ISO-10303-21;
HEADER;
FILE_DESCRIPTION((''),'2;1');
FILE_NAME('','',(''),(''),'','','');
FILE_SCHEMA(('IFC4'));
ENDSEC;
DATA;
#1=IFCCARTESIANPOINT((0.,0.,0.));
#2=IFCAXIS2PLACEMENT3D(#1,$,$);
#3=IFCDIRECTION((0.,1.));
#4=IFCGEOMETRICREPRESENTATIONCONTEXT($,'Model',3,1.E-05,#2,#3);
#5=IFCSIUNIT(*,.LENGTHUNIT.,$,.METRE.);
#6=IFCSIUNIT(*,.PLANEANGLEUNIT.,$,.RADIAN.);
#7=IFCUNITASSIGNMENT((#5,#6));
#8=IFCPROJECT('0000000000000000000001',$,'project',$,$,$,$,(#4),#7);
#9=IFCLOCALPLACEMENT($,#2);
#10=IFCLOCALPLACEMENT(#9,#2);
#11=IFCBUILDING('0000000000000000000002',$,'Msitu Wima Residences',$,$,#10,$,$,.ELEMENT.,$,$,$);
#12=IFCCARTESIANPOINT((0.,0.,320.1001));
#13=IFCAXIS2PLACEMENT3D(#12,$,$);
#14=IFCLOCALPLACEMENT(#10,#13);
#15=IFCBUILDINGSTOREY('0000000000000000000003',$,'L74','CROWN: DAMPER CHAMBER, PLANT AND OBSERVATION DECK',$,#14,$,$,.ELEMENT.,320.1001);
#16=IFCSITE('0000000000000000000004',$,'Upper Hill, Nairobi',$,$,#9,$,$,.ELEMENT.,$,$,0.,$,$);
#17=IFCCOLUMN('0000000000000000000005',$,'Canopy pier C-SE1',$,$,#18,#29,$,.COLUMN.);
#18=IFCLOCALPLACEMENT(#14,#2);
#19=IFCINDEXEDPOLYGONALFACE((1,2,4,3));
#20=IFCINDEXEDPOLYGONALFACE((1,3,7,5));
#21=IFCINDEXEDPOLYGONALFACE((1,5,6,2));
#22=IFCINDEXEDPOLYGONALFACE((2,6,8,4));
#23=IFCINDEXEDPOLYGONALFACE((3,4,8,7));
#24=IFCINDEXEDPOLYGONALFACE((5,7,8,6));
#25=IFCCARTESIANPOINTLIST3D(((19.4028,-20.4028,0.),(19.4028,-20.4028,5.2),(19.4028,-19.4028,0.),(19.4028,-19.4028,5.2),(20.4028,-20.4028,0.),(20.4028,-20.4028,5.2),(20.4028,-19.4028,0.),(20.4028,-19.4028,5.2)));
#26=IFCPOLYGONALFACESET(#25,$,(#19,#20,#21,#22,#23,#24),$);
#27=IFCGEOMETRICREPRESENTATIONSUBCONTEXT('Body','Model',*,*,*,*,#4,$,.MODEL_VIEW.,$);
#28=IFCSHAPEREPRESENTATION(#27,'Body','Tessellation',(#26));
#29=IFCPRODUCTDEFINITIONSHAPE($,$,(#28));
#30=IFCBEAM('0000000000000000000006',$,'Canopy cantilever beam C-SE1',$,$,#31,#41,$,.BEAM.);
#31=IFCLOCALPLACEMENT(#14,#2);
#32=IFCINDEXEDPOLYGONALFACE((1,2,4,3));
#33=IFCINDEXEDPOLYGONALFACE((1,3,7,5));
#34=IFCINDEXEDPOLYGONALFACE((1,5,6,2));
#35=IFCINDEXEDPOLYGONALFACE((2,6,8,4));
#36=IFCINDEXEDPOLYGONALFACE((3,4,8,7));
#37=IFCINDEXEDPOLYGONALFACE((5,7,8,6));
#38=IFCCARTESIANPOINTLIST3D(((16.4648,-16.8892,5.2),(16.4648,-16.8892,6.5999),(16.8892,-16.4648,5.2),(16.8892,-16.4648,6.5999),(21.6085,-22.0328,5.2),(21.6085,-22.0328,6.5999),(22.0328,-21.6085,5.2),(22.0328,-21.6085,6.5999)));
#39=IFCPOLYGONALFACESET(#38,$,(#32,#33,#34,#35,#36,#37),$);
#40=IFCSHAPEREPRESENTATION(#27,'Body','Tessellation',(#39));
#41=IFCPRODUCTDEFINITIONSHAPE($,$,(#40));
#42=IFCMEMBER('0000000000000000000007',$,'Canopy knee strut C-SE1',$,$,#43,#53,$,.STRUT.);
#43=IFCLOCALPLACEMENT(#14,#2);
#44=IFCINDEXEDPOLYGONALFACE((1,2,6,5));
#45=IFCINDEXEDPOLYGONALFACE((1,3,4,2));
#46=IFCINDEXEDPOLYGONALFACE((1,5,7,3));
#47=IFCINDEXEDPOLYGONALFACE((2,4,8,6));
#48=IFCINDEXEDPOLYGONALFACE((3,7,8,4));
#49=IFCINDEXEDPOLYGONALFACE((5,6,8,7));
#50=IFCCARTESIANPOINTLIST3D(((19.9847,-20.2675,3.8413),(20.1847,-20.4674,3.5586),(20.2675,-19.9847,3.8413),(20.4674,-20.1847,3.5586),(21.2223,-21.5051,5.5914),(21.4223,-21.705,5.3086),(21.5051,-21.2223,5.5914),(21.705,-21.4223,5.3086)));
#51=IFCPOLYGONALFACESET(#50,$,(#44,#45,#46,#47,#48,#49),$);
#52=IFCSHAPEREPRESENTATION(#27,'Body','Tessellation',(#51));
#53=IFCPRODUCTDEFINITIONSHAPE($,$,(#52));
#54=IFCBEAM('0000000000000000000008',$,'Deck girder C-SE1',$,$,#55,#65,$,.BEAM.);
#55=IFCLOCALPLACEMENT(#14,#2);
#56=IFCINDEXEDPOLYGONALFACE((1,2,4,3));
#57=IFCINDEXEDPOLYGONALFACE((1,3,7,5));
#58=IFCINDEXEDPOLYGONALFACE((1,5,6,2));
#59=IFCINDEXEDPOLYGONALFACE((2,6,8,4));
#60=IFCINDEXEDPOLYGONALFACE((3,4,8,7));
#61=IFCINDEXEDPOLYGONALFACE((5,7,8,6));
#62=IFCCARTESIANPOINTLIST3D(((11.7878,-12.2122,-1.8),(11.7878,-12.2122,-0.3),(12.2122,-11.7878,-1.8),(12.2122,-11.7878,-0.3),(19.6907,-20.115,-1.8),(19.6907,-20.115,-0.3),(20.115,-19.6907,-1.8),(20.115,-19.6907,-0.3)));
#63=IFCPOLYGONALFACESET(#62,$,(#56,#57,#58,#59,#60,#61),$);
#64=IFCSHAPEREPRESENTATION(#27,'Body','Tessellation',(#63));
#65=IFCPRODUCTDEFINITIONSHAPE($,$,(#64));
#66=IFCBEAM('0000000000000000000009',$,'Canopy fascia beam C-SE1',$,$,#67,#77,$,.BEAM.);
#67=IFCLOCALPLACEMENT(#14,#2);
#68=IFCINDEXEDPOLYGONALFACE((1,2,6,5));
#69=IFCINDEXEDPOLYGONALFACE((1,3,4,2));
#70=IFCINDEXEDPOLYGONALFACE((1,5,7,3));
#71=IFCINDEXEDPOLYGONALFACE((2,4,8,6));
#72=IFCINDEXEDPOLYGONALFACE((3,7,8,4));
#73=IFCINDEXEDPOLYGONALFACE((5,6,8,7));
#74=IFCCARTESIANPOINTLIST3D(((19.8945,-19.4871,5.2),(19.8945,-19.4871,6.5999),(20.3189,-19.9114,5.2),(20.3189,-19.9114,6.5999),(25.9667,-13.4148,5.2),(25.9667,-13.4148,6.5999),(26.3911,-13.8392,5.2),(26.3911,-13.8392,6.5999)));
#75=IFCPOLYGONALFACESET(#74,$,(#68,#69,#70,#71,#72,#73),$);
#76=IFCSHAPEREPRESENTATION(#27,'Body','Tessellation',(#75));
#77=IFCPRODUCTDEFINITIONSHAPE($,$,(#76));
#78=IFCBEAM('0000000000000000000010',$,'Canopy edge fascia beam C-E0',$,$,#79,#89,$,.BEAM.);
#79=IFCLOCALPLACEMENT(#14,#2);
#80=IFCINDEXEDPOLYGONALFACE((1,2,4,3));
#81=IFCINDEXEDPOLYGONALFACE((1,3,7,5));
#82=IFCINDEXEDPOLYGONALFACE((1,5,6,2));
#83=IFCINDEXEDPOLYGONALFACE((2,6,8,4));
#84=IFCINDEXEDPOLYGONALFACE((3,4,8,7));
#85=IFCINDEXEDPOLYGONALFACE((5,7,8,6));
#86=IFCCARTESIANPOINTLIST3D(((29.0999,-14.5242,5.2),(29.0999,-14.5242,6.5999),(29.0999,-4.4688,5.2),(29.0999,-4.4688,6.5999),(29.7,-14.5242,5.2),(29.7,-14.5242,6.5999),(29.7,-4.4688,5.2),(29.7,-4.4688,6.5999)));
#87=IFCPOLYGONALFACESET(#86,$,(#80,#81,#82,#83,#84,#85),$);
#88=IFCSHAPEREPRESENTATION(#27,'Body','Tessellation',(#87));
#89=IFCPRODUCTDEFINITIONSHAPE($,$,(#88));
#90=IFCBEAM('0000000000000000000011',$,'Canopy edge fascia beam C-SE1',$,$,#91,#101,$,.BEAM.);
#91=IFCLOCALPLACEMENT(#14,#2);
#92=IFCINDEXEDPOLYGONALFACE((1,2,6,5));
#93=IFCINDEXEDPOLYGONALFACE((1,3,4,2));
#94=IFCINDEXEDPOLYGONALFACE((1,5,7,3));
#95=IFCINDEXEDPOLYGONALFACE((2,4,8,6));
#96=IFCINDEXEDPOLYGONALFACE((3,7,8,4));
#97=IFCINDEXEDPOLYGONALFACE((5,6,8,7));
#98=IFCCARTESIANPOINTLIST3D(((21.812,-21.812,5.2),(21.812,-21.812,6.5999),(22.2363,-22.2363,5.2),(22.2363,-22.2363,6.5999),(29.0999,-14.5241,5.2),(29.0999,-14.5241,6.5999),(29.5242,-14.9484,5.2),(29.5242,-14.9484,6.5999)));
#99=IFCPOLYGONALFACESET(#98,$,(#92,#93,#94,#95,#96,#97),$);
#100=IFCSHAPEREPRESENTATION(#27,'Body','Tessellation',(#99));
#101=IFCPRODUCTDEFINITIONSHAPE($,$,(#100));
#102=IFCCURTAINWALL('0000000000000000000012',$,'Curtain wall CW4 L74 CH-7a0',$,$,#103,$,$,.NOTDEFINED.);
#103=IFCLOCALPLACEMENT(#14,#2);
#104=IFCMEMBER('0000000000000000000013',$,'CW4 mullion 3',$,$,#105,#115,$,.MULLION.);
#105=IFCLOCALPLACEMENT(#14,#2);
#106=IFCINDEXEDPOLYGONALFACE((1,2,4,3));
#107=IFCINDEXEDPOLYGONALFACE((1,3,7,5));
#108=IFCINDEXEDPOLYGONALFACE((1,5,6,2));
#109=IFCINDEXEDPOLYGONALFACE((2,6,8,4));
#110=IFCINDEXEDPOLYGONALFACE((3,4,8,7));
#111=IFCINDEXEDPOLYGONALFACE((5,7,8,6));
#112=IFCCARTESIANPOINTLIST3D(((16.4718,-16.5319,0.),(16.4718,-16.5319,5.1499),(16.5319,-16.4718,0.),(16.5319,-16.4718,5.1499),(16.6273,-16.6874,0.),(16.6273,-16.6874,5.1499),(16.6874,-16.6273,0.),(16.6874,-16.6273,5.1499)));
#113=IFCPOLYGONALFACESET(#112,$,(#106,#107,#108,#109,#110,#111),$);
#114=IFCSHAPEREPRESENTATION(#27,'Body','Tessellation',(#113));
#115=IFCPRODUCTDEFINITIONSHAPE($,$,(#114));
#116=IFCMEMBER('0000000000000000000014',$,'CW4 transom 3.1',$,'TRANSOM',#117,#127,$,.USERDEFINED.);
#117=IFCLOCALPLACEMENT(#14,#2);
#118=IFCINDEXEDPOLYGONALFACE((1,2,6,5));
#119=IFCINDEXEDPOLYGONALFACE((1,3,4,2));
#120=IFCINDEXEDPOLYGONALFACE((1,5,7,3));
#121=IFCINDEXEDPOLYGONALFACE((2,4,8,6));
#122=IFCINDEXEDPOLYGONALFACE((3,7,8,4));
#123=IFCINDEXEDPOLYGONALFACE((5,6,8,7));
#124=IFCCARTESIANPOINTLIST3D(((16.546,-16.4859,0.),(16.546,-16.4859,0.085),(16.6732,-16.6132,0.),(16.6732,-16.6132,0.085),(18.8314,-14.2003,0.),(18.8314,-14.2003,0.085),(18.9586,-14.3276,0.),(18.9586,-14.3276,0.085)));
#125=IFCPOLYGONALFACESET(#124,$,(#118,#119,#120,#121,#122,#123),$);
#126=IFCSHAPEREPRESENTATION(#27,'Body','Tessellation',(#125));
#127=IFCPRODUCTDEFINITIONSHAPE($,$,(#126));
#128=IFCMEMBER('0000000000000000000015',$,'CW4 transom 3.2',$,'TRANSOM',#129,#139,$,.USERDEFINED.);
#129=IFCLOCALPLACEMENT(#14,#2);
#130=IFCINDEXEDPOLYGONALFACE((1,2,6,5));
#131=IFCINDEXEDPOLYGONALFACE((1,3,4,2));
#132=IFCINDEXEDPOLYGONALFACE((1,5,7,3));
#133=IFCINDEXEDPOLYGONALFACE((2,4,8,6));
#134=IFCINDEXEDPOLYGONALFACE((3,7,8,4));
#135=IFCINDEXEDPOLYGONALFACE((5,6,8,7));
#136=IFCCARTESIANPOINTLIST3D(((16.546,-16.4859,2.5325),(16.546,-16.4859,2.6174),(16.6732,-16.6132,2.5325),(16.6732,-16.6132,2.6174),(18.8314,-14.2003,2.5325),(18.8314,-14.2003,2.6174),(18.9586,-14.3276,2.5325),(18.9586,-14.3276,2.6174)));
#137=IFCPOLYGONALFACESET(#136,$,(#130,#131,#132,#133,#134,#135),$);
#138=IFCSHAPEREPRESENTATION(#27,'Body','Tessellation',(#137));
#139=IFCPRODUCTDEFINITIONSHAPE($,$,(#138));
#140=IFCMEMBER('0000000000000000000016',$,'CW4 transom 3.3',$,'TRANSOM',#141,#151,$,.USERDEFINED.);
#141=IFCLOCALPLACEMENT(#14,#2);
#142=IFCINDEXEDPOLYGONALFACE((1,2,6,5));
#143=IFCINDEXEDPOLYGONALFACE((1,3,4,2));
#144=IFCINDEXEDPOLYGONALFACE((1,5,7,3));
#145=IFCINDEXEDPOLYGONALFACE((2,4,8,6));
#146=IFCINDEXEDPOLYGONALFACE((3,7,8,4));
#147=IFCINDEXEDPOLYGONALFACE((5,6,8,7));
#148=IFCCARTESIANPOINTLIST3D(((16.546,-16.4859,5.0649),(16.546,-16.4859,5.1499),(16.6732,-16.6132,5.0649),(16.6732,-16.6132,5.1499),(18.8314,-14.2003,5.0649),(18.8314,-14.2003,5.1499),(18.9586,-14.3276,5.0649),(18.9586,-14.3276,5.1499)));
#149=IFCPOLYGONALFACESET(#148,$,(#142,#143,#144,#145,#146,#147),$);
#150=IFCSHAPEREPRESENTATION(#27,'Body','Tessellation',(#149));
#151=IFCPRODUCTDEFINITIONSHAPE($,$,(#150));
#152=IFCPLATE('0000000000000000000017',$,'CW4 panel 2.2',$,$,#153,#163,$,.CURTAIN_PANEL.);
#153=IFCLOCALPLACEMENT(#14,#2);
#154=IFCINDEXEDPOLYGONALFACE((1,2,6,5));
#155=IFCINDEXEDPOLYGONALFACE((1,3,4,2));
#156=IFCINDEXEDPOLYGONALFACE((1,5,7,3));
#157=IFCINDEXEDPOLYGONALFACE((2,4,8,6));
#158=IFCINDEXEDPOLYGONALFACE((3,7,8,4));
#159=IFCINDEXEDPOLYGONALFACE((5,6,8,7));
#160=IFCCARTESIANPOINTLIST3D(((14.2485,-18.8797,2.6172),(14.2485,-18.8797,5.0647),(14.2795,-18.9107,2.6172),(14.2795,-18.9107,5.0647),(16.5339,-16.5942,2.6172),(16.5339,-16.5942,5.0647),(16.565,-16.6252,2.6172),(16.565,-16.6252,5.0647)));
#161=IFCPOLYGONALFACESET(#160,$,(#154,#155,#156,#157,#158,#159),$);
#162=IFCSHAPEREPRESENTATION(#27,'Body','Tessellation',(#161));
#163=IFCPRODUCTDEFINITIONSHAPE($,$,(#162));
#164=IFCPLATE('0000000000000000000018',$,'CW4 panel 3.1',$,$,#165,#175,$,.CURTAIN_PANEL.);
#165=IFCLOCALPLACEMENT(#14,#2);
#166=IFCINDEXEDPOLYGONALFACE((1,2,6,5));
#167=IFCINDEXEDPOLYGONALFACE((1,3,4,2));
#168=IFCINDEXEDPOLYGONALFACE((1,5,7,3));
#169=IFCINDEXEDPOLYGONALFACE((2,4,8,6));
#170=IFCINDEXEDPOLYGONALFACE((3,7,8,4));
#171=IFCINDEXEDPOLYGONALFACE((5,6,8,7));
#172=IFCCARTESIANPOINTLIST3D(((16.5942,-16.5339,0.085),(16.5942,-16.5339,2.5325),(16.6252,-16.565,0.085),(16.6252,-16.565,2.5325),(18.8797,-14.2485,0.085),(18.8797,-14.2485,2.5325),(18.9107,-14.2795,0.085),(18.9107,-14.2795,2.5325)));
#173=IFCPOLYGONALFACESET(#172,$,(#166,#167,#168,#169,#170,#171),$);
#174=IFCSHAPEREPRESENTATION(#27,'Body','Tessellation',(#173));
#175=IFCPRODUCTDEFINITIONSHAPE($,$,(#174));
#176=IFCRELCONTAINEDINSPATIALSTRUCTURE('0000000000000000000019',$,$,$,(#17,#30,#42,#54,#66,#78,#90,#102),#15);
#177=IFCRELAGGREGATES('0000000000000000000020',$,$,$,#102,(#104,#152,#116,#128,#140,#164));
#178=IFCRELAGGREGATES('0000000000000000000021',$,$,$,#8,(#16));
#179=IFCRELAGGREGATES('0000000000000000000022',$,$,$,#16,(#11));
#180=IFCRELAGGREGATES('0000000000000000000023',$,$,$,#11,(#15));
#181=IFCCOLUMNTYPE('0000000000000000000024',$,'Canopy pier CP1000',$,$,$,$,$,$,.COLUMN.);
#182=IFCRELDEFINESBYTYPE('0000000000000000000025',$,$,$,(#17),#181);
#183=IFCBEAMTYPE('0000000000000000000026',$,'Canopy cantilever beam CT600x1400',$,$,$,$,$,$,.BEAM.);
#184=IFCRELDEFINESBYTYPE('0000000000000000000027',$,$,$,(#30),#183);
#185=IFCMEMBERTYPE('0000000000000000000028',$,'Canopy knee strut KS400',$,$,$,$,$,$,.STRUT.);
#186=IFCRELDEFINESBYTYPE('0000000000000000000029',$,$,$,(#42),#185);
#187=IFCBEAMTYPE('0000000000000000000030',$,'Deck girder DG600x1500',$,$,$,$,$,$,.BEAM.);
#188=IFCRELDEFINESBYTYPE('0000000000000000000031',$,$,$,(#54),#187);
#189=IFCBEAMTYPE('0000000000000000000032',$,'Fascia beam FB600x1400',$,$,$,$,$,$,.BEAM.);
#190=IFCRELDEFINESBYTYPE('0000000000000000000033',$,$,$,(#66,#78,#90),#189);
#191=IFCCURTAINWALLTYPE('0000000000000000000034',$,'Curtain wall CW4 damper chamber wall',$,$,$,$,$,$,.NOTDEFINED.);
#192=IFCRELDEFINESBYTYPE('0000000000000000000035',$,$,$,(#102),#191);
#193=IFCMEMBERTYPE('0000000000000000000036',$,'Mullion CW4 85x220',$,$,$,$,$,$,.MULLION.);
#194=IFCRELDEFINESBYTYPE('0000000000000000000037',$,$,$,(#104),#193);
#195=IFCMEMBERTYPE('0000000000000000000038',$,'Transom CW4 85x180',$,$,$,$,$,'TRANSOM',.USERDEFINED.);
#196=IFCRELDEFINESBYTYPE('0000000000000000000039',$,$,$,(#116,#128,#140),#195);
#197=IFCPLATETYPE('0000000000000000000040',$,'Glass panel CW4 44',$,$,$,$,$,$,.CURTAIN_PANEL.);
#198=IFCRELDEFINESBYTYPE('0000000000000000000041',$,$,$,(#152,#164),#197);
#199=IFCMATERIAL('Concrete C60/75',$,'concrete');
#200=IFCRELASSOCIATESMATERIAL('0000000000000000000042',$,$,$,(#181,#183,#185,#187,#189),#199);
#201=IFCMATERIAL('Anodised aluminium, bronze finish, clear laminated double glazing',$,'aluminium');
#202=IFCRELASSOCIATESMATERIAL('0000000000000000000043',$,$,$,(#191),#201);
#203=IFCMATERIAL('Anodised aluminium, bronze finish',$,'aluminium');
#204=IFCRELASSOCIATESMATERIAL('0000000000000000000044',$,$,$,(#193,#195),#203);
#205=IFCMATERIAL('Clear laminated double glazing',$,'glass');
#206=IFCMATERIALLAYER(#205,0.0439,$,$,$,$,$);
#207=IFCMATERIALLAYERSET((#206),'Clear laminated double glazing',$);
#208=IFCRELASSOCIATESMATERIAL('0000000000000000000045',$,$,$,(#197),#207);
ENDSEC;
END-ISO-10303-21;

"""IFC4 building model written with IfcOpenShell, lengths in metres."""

from ifc_helpers import new_model, si_unit, direction, frame, origin, origin_2d, place, context, subcontext, project, spatial, rectangle, extrude, material, layer, layer_set, material_profile, profile_set, type_object, element, aggregate, save


model = new_model("IFC4")

# Units and contexts
model_context = context("Model", 3, precision=1e-05, world=origin(), true_north=direction((0.0, 1.0)))
body_context = subcontext(model_context, "Body", "Model", "MODEL_VIEW")
ifc_project = project(units=[si_unit("LENGTHUNIT", "METRE"), si_unit("PLANEANGLEUNIT", "RADIAN")], contexts=[model_context])

# Site, building, storey
site_placement = place(None, origin())
site = spatial("IfcSite", under=ifc_project, at=site_placement, Name="Upper Hill, Nairobi", CompositionType="ELEMENT", RefElevation=0.0)
building_placement = place(site_placement, origin())
building = spatial("IfcBuilding", under=site, at=building_placement, Name="Msitu Wima Residences", CompositionType="ELEMENT")
storey_placement = place(building_placement, frame((0.0, 0.0, 320.1001)))
storey = spatial("IfcBuildingStorey", under=building, at=storey_placement, Name="L74", Description="CROWN: DAMPER CHAMBER, PLANT AND OBSERVATION DECK", CompositionType="ELEMENT", Elevation=320.1001)

# Column
ifc_material_1 = material(Name="Concrete C60/75", Category="concrete")
ifc_material_profile_1 = material_profile(ifc_material_1, rectangle(XDim=1.0, YDim=1.0, at=origin_2d()), Name="RC 1000x1000")
ifc_profile_set_1 = profile_set([ifc_material_profile_1], Name="Concrete C60/75")
column_type = type_object("IfcColumnType", Name="Canopy pier CP1000", PredefinedType="COLUMN", material=ifc_profile_set_1)
column_placement = place(storey_placement, frame((19.9028, -19.9028, 0.0), z_axis=(0.0, 0.0, 1.0), x_axis=(1.0, 0.0, 0.0)))
element("IfcColumn", 1, at=column_placement, inside=storey, type_object=column_type, Name="Canopy pier C-SE1", PredefinedType="COLUMN", context=body_context, shape_type="SweptSolid", body=[
    extrude(rectangle(XDim=1.0, YDim=1.0, at=origin_2d()), origin(), (0.0, 0.0, 1.0), 5.2),
])

# Beam
ifc_material_profile_2 = material_profile(ifc_material_1, rectangle(XDim=0.6001, YDim=1.3999, at=origin_2d()), Name="RC 600x1400")
ifc_profile_set_2 = profile_set([ifc_material_profile_2], Name="Concrete C60/75")
beam_type_1 = type_object("IfcBeamType", Name="Canopy cantilever beam CT600x1400", PredefinedType="BEAM", material=ifc_profile_set_2)
beam_1_placement = place(storey_placement, frame((16.677, -16.677, 5.8999), z_axis=(0.707107, -0.707107, 0.0), x_axis=(0.707107, 0.707107, 0.0)))
element("IfcBeam", 2, at=beam_1_placement, inside=storey, type_object=beam_type_1, Name="Canopy cantilever beam C-SE1", PredefinedType="BEAM", context=body_context, shape_type="SweptSolid", body=[
    extrude(rectangle(XDim=0.6001, YDim=1.3999, at=origin_2d()), origin(), (0.0, 0.0, 1.0), 7.2742),
])

# Member
ifc_material_profile_3 = material_profile(ifc_material_1, rectangle(XDim=0.3999, YDim=0.3999, at=origin_2d()), Name="RC 400x400")
ifc_profile_set_3 = profile_set([ifc_material_profile_3], Name="Concrete C60/75")
member_type_1 = type_object("IfcMemberType", Name="Canopy knee strut KS400", PredefinedType="STRUT", material=ifc_profile_set_3)
member_1_placement = place(storey_placement, frame((20.2261, -20.2261, 3.7), z_axis=(0.500023, -0.500023, 0.707075), x_axis=(0.707107, 0.707107, 0.0)))
element("IfcMember", 3, at=member_1_placement, inside=storey, type_object=member_type_1, Name="Canopy knee strut C-SE1", PredefinedType="STRUT", context=body_context, shape_type="SweptSolid", body=[
    extrude(rectangle(XDim=0.3999, YDim=0.3999, at=origin_2d()), origin(), (0.0, 0.0, 1.0), 2.4751),
])

# Beams
ifc_material_profile_4 = material_profile(ifc_material_1, rectangle(XDim=0.6001, YDim=1.5, at=origin_2d()), Name="RC 600x1500")
ifc_profile_set_4 = profile_set([ifc_material_profile_4], Name="Concrete C60/75")
beam_type_2 = type_object("IfcBeamType", Name="Deck girder DG600x1500", PredefinedType="BEAM", material=ifc_profile_set_4)
beam_2_placement = place(storey_placement, frame((19.9028, -19.9028, -1.05), z_axis=(-0.707107, 0.707107, 0.0), x_axis=(-0.707107, -0.707107, 0.0)))
element("IfcBeam", 4, at=beam_2_placement, inside=storey, type_object=beam_type_2, Name="Deck girder C-SE1", PredefinedType="BEAM", context=body_context, shape_type="SweptSolid", body=[
    extrude(rectangle(XDim=0.6001, YDim=1.5, at=origin_2d()), origin(), (0.0, 0.0, 1.0), 11.1763),
])
ifc_material_profile_5 = material_profile(ifc_material_1, rectangle(XDim=0.6001, YDim=1.3999, at=origin_2d()), Name="RC 600x1400")
ifc_profile_set_5 = profile_set([ifc_material_profile_5], Name="Concrete C60/75")
beam_type_3 = type_object("IfcBeamType", Name="Fascia beam FB600x1400", PredefinedType="BEAM", material=ifc_profile_set_5)
beam_3_placement = place(storey_placement, frame((20.1067, -19.6992, 5.8999), z_axis=(0.707107, 0.707107, 0.0), x_axis=(-0.707107, 0.707107, 0.0)))
element("IfcBeam", 5, at=beam_3_placement, inside=storey, type_object=beam_type_3, Name="Canopy fascia beam C-SE1", PredefinedType="BEAM", context=body_context, shape_type="SweptSolid", body=[
    extrude(rectangle(XDim=0.6001, YDim=1.3999, at=origin_2d()), origin(), (0.0, 0.0, 1.0), 8.5874),
])
beam_4_placement = place(storey_placement, frame((29.3999, -14.5242, 5.8999), z_axis=(0.0, 1.0, 0.0), x_axis=(-1.0, 0.0, 0.0)))
element("IfcBeam", 6, at=beam_4_placement, inside=storey, type_object=beam_type_3, Name="Canopy edge fascia beam C-E0", PredefinedType="BEAM", context=body_context, shape_type="SweptSolid", body=[
    extrude(rectangle(XDim=0.6001, YDim=1.3999, at=origin_2d()), origin(), (0.0, 0.0, 1.0), 10.0554),
])
beam_5_placement = place(storey_placement, frame((22.0242, -22.0242, 5.8999), z_axis=(0.707107, 0.707107, 0.0), x_axis=(-0.707107, 0.707107, 0.0)))
element("IfcBeam", 7, at=beam_5_placement, inside=storey, type_object=beam_type_3, Name="Canopy edge fascia beam C-SE1", PredefinedType="BEAM", context=body_context, shape_type="SweptSolid", body=[
    extrude(rectangle(XDim=0.6001, YDim=1.3999, at=origin_2d()), origin(), (0.0, 0.0, 1.0), 10.3066),
])

# Curtain wall, members, plates
ifc_material_2 = material(Name="Anodised aluminium, bronze finish, clear laminated double glazing", Category="aluminium")
curtain_wall_type = type_object("IfcCurtainWallType", Name="Curtain wall CW4 damper chamber wall", PredefinedType="NOTDEFINED", material=ifc_material_2)
curtain_wall_placement = place(storey_placement, origin())
curtain_wall = element("IfcCurtainWall", 8, at=curtain_wall_placement, inside=storey, type_object=curtain_wall_type, Name="Curtain wall CW4 L74 CH-7a0", PredefinedType="NOTDEFINED")
ifc_material_3 = material(Name="Anodised aluminium, bronze finish", Category="aluminium")
ifc_material_profile_6 = material_profile(ifc_material_3, rectangle(XDim=0.22, YDim=0.085, at=origin_2d()), Name="Mullion 85x220")
ifc_profile_set_6 = profile_set([ifc_material_profile_6], Name="Anodised aluminium, bronze finish")
member_type_2 = type_object("IfcMemberType", Name="Mullion CW4 85x220", PredefinedType="MULLION", material=ifc_profile_set_6)
member_2_placement = place(storey_placement, frame((16.5796, -16.5796, 0.0), z_axis=(0.0, 0.0, 1.0), x_axis=(-0.707107, 0.707107, 0.0)))
member_2 = element("IfcMember", 9, at=member_2_placement, type_object=member_type_2, Name="CW4 mullion 3", PredefinedType="MULLION", context=body_context, shape_type="SweptSolid", body=[
    extrude(rectangle(XDim=0.22, YDim=0.085, at=origin_2d()), origin(), (0.0, 0.0, 1.0), 5.1499),
])
ifc_material_profile_7 = material_profile(ifc_material_3, rectangle(XDim=0.1799, YDim=0.085, at=origin_2d()), Name="Transom 85x180")
ifc_profile_set_7 = profile_set([ifc_material_profile_7], Name="Anodised aluminium, bronze finish")
member_type_3 = type_object("IfcMemberType", Name="Transom CW4 85x180", ElementType="TRANSOM", PredefinedType="USERDEFINED", material=ifc_profile_set_7)
member_3_placement = place(storey_placement, frame((16.6096, -16.5496, 0.0425), z_axis=(0.707069, 0.707145, 0.0), x_axis=(-0.707145, 0.707069, 0.0)))
member_3 = element("IfcMember", 10, at=member_3_placement, type_object=member_type_3, Name="CW4 transom 3.1", ObjectType="TRANSOM", PredefinedType="USERDEFINED", context=body_context, shape_type="SweptSolid", body=[
    extrude(rectangle(XDim=0.1799, YDim=0.085, at=origin_2d()), origin(), (0.0, 0.0, 1.0), 3.2322),
])
member_4_placement = place(storey_placement, frame((16.6096, -16.5496, 2.575), z_axis=(0.707069, 0.707145, 0.0), x_axis=(-0.707145, 0.707069, 0.0)))
member_4 = element("IfcMember", 11, at=member_4_placement, type_object=member_type_3, Name="CW4 transom 3.2", ObjectType="TRANSOM", PredefinedType="USERDEFINED", context=body_context, shape_type="SweptSolid", body=[
    extrude(rectangle(XDim=0.1799, YDim=0.085, at=origin_2d()), origin(), (0.0, 0.0, 1.0), 3.2322),
])
member_5_placement = place(storey_placement, frame((16.6096, -16.5496, 5.1074), z_axis=(0.707069, 0.707145, 0.0), x_axis=(-0.707145, 0.707069, 0.0)))
member_5 = element("IfcMember", 12, at=member_5_placement, type_object=member_type_3, Name="CW4 transom 3.3", ObjectType="TRANSOM", PredefinedType="USERDEFINED", context=body_context, shape_type="SweptSolid", body=[
    extrude(rectangle(XDim=0.1799, YDim=0.085, at=origin_2d()), origin(), (0.0, 0.0, 1.0), 3.2322),
])
ifc_material_4 = material(Name="Clear laminated double glazing", Category="glass")
ifc_layer_1 = layer(ifc_material_4, 0.0439)
ifc_layer_set_1 = layer_set([ifc_layer_1], Name="Clear laminated double glazing")
plate_type = type_object("IfcPlateType", Name="Glass panel CW4 44", PredefinedType="CURTAIN_PANEL", material=ifc_layer_set_1)
plate_1_placement = place(storey_placement, frame((15.4067, -17.7524, 2.6172), z_axis=(0.0, 0.0, 1.0), x_axis=(0.707107, 0.707107, 0.0)))
plate_1 = element("IfcPlate", 13, at=plate_1_placement, type_object=plate_type, Name="CW4 panel 2.2", PredefinedType="CURTAIN_PANEL", context=body_context, shape_type="SweptSolid", body=[
    extrude(rectangle(XDim=3.2322, YDim=0.0439, at=origin_2d()), origin(), (0.0, 0.0, 1.0), 2.4475),
])
plate_2_placement = place(storey_placement, frame((17.7524, -15.4067, 0.085), z_axis=(0.0, 0.0, 1.0), x_axis=(0.707107, 0.707107, 0.0)))
plate_2 = element("IfcPlate", 14, at=plate_2_placement, type_object=plate_type, Name="CW4 panel 3.1", PredefinedType="CURTAIN_PANEL", context=body_context, shape_type="SweptSolid", body=[
    extrude(rectangle(XDim=3.2322, YDim=0.0439, at=origin_2d()), origin(), (0.0, 0.0, 1.0), 2.4475),
])
aggregate(curtain_wall, [member_2, plate_1, member_3, member_4, member_5, plate_2])

save(model, "model.ifc")
